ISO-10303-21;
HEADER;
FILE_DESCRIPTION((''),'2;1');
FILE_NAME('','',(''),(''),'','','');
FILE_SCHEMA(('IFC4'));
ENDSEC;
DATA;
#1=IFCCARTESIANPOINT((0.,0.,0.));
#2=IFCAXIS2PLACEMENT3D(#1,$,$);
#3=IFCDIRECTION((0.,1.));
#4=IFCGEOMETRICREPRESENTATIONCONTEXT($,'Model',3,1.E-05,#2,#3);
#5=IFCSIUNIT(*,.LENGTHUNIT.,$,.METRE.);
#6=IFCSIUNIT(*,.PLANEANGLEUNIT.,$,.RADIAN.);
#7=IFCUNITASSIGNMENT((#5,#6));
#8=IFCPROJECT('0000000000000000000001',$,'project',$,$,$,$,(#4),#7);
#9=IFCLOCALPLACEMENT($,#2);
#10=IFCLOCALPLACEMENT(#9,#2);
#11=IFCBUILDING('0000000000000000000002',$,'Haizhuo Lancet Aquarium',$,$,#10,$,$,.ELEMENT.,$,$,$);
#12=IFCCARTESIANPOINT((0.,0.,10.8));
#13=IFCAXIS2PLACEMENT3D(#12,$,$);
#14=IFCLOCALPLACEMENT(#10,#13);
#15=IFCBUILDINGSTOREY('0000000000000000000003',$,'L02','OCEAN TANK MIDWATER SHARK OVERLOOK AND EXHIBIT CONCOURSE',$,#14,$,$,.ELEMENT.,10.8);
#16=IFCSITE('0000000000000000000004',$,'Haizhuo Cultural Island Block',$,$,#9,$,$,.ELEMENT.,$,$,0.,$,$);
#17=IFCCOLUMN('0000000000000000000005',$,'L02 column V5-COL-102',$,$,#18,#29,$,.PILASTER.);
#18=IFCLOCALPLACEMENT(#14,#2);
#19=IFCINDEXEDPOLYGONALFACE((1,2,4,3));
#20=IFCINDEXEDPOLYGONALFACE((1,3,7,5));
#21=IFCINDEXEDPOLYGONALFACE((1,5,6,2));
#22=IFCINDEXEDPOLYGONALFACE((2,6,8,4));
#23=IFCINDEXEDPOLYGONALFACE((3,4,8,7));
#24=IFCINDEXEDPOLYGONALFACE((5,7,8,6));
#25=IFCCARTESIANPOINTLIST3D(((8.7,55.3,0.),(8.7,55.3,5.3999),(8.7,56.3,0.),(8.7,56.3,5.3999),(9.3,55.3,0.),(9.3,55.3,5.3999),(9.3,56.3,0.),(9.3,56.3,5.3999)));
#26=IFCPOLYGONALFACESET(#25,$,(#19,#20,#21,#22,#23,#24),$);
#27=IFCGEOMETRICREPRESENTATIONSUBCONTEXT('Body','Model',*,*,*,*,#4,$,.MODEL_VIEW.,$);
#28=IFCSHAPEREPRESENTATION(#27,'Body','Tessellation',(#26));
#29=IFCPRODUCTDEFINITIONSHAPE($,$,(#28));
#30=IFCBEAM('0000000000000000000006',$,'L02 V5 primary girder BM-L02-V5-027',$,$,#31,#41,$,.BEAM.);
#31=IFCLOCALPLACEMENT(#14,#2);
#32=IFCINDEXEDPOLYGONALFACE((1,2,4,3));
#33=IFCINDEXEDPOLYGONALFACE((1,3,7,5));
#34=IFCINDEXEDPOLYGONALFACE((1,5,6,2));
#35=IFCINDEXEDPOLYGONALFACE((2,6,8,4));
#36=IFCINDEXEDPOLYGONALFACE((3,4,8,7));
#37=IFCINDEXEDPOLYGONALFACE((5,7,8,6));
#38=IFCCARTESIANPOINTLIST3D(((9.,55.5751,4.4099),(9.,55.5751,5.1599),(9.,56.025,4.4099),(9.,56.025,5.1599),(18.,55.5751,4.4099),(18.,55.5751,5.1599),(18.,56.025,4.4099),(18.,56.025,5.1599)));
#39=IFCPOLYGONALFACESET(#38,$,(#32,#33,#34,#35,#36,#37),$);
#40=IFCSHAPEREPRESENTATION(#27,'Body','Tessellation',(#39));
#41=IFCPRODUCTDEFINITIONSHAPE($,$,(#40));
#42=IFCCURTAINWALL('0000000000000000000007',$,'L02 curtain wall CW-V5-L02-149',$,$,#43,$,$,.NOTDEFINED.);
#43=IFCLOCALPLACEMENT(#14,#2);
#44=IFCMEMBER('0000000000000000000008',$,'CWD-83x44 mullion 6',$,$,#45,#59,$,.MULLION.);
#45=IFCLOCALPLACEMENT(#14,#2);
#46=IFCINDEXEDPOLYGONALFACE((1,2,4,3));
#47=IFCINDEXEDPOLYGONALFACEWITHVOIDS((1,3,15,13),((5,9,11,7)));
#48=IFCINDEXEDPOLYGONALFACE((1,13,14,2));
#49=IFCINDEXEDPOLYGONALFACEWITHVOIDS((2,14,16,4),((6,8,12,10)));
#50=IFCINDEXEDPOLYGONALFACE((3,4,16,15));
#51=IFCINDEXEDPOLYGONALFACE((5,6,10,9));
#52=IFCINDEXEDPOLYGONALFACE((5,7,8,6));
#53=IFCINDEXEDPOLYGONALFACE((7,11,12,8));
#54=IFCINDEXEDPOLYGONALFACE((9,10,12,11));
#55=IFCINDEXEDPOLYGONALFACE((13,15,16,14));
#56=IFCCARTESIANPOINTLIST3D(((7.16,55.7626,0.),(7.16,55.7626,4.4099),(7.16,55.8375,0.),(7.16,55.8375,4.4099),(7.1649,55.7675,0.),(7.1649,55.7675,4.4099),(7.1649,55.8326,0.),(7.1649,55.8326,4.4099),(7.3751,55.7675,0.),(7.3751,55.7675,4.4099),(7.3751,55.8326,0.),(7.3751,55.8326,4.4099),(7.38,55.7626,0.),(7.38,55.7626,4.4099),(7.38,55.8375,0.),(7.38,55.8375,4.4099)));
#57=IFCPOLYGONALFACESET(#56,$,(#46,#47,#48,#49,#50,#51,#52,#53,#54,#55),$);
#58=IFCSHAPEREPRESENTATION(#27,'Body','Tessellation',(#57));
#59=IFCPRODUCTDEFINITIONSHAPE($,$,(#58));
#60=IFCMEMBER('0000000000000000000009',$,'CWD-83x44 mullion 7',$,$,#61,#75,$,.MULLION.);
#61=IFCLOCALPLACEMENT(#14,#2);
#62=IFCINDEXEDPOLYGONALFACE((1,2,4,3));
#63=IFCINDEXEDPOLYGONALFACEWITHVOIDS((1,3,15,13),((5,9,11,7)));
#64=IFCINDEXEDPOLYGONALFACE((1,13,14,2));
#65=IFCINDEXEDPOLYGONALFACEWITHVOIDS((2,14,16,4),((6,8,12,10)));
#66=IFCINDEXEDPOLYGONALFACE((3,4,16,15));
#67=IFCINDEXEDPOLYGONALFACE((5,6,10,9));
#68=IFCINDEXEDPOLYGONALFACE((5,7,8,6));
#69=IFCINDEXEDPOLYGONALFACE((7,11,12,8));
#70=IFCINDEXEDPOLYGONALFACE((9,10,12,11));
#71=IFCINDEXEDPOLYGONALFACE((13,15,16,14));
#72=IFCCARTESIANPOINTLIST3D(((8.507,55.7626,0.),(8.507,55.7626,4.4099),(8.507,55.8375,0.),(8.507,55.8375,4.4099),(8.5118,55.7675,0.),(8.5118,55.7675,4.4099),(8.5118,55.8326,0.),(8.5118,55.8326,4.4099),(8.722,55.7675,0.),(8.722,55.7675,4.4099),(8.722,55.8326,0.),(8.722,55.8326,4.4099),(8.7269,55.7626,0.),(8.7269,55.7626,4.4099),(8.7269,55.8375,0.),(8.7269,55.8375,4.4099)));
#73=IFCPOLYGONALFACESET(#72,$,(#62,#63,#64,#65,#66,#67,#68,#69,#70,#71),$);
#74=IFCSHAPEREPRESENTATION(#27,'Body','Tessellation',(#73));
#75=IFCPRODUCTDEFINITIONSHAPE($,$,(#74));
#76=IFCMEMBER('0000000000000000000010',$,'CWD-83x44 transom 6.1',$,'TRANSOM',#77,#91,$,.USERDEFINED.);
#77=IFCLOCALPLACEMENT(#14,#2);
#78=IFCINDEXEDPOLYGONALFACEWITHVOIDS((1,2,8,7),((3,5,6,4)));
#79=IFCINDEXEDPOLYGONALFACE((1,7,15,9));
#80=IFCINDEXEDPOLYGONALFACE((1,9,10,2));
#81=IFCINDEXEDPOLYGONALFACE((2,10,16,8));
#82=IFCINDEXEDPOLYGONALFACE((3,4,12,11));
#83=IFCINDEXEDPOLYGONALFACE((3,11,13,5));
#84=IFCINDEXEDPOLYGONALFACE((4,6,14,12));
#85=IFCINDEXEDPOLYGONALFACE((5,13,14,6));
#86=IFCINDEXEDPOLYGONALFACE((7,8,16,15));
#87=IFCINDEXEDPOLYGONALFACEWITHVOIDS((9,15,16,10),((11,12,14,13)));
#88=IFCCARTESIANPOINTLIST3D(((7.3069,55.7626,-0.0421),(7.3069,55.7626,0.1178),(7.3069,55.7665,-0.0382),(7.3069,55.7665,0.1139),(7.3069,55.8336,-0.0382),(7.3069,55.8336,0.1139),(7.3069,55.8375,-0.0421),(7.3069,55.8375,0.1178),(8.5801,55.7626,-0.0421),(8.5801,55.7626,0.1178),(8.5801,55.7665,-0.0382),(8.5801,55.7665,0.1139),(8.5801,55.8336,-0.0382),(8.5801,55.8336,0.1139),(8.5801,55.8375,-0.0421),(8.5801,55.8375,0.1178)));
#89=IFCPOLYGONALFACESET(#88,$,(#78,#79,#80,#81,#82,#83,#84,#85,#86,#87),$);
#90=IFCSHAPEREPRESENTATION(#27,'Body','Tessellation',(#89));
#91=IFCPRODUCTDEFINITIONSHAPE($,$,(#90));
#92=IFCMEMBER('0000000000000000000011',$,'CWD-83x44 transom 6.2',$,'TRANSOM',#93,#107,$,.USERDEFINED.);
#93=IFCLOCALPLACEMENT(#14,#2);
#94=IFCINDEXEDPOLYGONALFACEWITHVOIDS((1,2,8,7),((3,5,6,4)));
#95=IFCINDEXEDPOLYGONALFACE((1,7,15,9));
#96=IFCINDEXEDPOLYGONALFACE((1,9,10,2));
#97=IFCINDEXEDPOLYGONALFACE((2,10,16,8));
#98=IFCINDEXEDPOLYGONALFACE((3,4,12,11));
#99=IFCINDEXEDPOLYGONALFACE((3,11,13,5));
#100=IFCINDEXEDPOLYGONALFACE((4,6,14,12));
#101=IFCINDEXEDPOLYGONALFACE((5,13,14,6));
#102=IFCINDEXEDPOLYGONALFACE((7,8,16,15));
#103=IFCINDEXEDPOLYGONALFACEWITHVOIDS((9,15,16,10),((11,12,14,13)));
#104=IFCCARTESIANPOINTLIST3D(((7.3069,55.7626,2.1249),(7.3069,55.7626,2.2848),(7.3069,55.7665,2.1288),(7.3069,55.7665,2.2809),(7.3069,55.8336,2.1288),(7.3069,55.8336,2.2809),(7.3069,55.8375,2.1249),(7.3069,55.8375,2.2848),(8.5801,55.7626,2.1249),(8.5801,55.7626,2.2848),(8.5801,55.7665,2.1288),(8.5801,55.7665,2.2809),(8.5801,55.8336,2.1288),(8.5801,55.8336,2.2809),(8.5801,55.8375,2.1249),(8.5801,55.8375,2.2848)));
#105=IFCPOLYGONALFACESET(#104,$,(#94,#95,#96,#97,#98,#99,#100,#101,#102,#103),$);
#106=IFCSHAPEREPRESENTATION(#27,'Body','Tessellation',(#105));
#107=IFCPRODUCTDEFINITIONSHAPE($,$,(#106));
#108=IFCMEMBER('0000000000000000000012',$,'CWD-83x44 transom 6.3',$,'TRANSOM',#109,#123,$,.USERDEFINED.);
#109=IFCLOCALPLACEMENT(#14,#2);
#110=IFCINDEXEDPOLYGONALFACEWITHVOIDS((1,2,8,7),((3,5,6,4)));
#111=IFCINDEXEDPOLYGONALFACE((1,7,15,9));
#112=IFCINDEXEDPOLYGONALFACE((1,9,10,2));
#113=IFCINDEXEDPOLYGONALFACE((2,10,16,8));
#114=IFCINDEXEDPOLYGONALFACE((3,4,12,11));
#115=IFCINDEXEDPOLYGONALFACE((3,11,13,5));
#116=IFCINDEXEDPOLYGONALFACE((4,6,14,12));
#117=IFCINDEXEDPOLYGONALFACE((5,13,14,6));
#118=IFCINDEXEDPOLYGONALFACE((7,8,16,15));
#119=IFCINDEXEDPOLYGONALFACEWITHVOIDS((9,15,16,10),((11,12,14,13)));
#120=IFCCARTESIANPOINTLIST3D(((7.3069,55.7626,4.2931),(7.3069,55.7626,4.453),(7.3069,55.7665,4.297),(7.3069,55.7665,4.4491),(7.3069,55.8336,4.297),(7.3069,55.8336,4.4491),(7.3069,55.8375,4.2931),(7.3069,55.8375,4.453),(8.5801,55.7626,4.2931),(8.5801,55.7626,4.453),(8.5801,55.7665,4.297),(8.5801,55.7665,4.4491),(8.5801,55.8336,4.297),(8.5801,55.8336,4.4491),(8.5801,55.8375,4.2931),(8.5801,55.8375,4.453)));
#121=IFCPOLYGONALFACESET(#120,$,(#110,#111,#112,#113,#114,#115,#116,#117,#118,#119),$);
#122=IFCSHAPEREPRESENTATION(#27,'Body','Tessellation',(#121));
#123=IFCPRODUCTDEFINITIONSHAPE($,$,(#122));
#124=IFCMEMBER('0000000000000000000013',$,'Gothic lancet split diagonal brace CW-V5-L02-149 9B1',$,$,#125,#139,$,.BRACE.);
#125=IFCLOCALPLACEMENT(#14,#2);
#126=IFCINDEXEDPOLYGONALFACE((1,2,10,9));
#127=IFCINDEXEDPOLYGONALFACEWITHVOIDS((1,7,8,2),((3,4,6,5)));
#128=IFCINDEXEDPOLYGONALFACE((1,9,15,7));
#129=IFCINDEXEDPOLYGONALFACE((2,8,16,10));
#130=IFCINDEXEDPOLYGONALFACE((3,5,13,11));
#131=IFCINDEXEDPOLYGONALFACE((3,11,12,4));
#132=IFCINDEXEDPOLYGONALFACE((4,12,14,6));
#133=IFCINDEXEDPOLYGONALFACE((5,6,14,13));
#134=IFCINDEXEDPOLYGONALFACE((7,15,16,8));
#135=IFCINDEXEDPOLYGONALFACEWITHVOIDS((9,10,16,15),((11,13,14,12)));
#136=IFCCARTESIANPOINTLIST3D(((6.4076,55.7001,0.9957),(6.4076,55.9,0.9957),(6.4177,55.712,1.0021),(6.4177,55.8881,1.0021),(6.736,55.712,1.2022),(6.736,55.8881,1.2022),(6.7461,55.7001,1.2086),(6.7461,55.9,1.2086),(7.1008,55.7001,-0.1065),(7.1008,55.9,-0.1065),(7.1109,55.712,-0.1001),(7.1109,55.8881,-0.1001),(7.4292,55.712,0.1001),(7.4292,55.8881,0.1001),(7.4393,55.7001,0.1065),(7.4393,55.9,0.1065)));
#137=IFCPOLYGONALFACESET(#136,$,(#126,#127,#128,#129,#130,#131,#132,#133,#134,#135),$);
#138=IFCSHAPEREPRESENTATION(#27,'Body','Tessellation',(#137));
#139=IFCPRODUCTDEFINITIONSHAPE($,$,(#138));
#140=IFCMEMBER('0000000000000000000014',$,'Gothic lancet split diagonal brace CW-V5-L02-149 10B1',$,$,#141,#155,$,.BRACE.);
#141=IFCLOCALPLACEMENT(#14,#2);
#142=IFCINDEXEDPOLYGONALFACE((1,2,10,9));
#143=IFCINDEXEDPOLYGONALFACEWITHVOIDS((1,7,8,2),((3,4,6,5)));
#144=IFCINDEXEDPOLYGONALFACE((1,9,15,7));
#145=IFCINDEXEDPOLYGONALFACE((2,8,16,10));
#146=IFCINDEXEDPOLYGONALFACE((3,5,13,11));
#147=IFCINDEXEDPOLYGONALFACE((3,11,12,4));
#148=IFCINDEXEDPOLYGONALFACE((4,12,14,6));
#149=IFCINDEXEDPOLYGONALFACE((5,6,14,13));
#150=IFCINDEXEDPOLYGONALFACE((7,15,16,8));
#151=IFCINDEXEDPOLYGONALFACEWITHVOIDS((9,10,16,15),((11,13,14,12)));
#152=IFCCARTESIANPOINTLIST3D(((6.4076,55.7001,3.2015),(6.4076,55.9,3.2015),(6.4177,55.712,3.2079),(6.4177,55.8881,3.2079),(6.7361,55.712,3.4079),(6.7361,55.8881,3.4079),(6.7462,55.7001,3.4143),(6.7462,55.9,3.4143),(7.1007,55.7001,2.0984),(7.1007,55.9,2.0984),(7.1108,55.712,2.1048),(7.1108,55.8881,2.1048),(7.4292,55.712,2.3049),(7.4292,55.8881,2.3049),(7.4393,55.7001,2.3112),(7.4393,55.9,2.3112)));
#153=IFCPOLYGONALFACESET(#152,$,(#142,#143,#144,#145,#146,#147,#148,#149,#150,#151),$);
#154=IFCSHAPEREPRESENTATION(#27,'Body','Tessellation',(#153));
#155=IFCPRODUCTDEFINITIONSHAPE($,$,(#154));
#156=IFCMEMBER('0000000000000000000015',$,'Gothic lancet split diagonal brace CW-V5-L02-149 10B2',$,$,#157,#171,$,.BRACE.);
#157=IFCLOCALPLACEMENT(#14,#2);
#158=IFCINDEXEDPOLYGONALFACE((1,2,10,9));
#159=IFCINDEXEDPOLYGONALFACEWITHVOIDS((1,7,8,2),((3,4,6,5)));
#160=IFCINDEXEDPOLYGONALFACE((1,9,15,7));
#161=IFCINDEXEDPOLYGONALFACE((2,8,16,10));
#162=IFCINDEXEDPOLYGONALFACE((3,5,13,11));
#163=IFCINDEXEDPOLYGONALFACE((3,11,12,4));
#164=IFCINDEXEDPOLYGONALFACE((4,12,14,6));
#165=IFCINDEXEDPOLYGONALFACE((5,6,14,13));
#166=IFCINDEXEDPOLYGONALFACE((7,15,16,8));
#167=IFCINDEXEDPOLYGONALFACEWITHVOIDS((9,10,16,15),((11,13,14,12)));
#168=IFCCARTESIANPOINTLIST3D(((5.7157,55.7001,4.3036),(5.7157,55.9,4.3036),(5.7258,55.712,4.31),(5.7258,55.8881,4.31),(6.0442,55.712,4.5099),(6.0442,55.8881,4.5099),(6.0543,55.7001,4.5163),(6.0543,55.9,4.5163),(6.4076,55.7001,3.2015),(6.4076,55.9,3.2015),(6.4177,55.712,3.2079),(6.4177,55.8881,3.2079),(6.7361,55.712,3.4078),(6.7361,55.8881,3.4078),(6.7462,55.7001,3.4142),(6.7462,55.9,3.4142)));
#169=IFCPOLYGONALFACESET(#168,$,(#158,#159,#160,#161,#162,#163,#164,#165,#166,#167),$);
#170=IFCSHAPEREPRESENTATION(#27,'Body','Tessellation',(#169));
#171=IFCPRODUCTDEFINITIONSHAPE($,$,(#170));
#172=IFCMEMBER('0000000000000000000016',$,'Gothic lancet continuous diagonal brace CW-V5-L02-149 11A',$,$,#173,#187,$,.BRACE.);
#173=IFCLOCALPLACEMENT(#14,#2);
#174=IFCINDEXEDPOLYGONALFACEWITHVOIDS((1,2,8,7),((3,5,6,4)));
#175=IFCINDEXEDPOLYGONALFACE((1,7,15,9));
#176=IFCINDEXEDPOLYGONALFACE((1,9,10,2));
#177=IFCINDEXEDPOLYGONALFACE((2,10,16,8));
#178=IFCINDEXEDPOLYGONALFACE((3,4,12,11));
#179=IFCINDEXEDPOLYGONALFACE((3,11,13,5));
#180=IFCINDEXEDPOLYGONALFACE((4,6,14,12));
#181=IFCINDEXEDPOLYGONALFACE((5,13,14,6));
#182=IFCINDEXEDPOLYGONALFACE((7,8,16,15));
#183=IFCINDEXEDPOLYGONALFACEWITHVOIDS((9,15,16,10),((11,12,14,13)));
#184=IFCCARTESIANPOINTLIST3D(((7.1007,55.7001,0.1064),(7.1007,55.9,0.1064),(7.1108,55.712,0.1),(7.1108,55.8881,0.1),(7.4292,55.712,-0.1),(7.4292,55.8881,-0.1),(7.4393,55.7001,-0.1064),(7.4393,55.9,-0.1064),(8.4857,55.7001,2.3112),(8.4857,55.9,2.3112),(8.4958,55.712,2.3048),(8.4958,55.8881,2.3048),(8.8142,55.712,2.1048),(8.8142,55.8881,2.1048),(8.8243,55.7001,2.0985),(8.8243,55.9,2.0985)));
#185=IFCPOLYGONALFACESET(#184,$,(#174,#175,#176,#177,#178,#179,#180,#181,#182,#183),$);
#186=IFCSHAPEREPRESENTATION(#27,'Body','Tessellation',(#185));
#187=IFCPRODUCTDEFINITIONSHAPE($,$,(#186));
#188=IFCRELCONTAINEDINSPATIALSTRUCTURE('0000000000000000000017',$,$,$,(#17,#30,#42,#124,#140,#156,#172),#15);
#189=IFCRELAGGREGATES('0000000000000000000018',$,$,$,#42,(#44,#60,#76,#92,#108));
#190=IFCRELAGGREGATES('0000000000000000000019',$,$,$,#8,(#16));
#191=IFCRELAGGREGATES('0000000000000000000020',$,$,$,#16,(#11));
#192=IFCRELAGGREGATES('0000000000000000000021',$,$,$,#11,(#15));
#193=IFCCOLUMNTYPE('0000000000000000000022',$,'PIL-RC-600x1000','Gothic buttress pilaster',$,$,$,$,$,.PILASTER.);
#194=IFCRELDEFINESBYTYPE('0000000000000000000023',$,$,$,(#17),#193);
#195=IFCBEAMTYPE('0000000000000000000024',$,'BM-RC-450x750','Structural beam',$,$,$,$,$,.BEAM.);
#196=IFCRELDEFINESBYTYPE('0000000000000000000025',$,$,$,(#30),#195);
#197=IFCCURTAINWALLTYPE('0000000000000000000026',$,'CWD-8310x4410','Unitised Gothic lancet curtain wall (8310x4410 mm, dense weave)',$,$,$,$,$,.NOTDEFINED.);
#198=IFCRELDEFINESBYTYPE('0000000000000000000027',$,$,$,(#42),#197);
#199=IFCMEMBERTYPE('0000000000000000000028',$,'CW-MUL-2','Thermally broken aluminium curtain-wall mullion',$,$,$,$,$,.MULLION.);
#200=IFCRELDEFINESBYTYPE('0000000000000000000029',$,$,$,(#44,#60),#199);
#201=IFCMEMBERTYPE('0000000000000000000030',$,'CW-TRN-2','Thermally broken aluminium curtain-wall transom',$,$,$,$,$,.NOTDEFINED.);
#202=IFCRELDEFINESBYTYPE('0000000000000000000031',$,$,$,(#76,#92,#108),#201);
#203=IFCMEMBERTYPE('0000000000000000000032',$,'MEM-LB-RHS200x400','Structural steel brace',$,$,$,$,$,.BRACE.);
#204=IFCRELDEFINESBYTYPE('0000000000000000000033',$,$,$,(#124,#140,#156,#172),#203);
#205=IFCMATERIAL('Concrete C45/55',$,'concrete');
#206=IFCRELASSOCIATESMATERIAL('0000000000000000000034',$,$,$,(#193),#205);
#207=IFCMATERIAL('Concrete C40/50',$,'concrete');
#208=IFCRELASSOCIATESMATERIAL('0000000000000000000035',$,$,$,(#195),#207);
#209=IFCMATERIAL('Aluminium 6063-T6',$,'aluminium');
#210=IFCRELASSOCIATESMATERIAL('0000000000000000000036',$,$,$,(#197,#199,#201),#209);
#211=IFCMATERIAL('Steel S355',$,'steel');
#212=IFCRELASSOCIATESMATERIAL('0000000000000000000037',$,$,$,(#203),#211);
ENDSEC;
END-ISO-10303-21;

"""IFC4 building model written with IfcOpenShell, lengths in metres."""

from ifc_helpers import new_model, si_unit, direction, frame, origin, origin_2d, place, context, subcontext, project, spatial, rectangle, hollow_rectangle, extrude, material, material_profile, profile_set, type_object, element, aggregate, save


model = new_model("IFC4")

# Units and contexts
model_context = context("Model", 3, precision=1e-05, world=origin(), true_north=direction((0.0, 1.0)))
body_context = subcontext(model_context, "Body", "Model", "MODEL_VIEW")
ifc_project = project(units=[si_unit("LENGTHUNIT", "METRE"), si_unit("PLANEANGLEUNIT", "RADIAN")], contexts=[model_context])

# Site, building, storey
site_placement = place(None, origin())
site = spatial("IfcSite", under=ifc_project, at=site_placement, Name="Haizhuo Cultural Island Block", CompositionType="ELEMENT", RefElevation=0.0)
building_placement = place(site_placement, origin())
building = spatial("IfcBuilding", under=site, at=building_placement, Name="Haizhuo Lancet Aquarium", CompositionType="ELEMENT")
storey_placement = place(building_placement, frame((0.0, 0.0, 10.8)))
storey = spatial("IfcBuildingStorey", under=building, at=storey_placement, Name="L02", Description="OCEAN TANK MIDWATER SHARK OVERLOOK AND EXHIBIT CONCOURSE", CompositionType="ELEMENT", Elevation=10.8)

# Column
ifc_material_1 = material(Name="Concrete C45/55", Category="concrete")
ifc_material_profile_1 = material_profile(ifc_material_1, rectangle(XDim=0.6001, YDim=1.0, at=origin_2d()), Name="RC-PIL 600x1000")
ifc_profile_set_1 = profile_set([ifc_material_profile_1], Name="Concrete C45/55")
column_type = type_object("IfcColumnType", Name="PIL-RC-600x1000", Description="Gothic buttress pilaster", PredefinedType="PILASTER", material=ifc_profile_set_1)
column_placement = place(storey_placement, frame((9.0, 55.8, 0.0), z_axis=(0.0, 0.0, 1.0), x_axis=(1.0, 0.0, 0.0)))
element("IfcColumn", 1, at=column_placement, inside=storey, type_object=column_type, Name="L02 column V5-COL-102", PredefinedType="PILASTER", context=body_context, shape_type="SweptSolid", body=[
    extrude(rectangle(XDim=0.6001, YDim=1.0, at=origin_2d()), origin(), (0.0, 0.0, 1.0), 5.3999),
])

# Beam
ifc_material_2 = material(Name="Concrete C40/50", Category="concrete")
ifc_material_profile_2 = material_profile(ifc_material_2, rectangle(XDim=0.45, YDim=0.75, at=origin_2d()), Name="RC-BM 450x750")
ifc_profile_set_2 = profile_set([ifc_material_profile_2], Name="Concrete C40/50")
beam_type = type_object("IfcBeamType", Name="BM-RC-450x750", Description="Structural beam", PredefinedType="BEAM", material=ifc_profile_set_2)
beam_placement = place(storey_placement, frame((9.0, 55.8, 4.7849), z_axis=(1.0, 0.0, 0.0), x_axis=(0.0, 1.0, 0.0)))
element("IfcBeam", 2, at=beam_placement, inside=storey, type_object=beam_type, Name="L02 V5 primary girder BM-L02-V5-027", PredefinedType="BEAM", context=body_context, shape_type="SweptSolid", body=[
    extrude(rectangle(XDim=0.45, YDim=0.75, at=origin_2d()), origin(), (0.0, 0.0, 1.0), 9.0),
])

# Curtain wall, members
ifc_material_3 = material(Name="Aluminium 6063-T6", Category="aluminium")
curtain_wall_type = type_object("IfcCurtainWallType", Name="CWD-8310x4410", Description="Unitised Gothic lancet curtain wall (8310x4410 mm, dense weave)", PredefinedType="NOTDEFINED", material=ifc_material_3)
curtain_wall_placement = place(storey_placement, origin())
curtain_wall = element("IfcCurtainWall", 3, at=curtain_wall_placement, inside=storey, type_object=curtain_wall_type, Name="L02 curtain wall CW-V5-L02-149", PredefinedType="NOTDEFINED")
ifc_material_profile_3 = material_profile(ifc_material_3, hollow_rectangle(XDim=0.075, YDim=0.22, WallThickness=0.0049, at=origin_2d()), Name="ALU-M 75x220x5")
ifc_profile_set_3 = profile_set([ifc_material_profile_3], Name="Aluminium 6063-T6")
member_type_1 = type_object("IfcMemberType", Name="CW-MUL-2", Description="Thermally broken aluminium curtain-wall mullion", PredefinedType="MULLION", material=ifc_profile_set_3)
member_1_placement = place(storey_placement, frame((7.27, 55.8, 0.0), z_axis=(0.0, 0.0, 1.0), x_axis=(0.0, 1.0, 0.0)))
member_1 = element("IfcMember", 4, at=member_1_placement, type_object=member_type_1, Name="CWD-83x44 mullion 6", PredefinedType="MULLION", context=body_context, shape_type="SweptSolid", body=[
    extrude(hollow_rectangle(XDim=0.075, YDim=0.22, WallThickness=0.0049, at=origin_2d()), origin(), (0.0, 0.0, 1.0), 4.4099),
])
member_2_placement = place(storey_placement, frame((8.6169, 55.8, 0.0), z_axis=(0.0, 0.0, 1.0), x_axis=(0.0, 1.0, 0.0)))
member_2 = element("IfcMember", 5, at=member_2_placement, type_object=member_type_1, Name="CWD-83x44 mullion 7", PredefinedType="MULLION", context=body_context, shape_type="SweptSolid", body=[
    extrude(hollow_rectangle(XDim=0.075, YDim=0.22, WallThickness=0.0049, at=origin_2d()), origin(), (0.0, 0.0, 1.0), 4.4099),
])
ifc_material_profile_4 = material_profile(ifc_material_3, hollow_rectangle(XDim=0.075, YDim=0.1599, WallThickness=0.0039, at=origin_2d()), Name="ALU-T 75x160x4")
ifc_profile_set_4 = profile_set([ifc_material_profile_4], Name="Aluminium 6063-T6")
member_type_2 = type_object("IfcMemberType", Name="CW-TRN-2", Description="Thermally broken aluminium curtain-wall transom", PredefinedType="NOTDEFINED", material=ifc_profile_set_4)
member_3_placement = place(storey_placement, frame((7.3069, 55.8, 0.0378), z_axis=(1.0, 0.0, 0.0), x_axis=(0.0, 1.0, 0.0)))
member_3 = element("IfcMember", 6, at=member_3_placement, type_object=member_type_2, Name="CWD-83x44 transom 6.1", ObjectType="TRANSOM", PredefinedType="USERDEFINED", context=body_context, shape_type="SweptSolid", body=[
    extrude(hollow_rectangle(XDim=0.075, YDim=0.1599, WallThickness=0.0039, at=origin_2d()), origin(), (0.0, 0.0, 1.0), 1.2732),
])
member_4_placement = place(storey_placement, frame((7.3069, 55.8, 2.2048), z_axis=(1.0, 0.0, 0.0), x_axis=(0.0, 1.0, 0.0)))
member_4 = element("IfcMember", 7, at=member_4_placement, type_object=member_type_2, Name="CWD-83x44 transom 6.2", ObjectType="TRANSOM", PredefinedType="USERDEFINED", context=body_context, shape_type="SweptSolid", body=[
    extrude(hollow_rectangle(XDim=0.075, YDim=0.1599, WallThickness=0.0039, at=origin_2d()), origin(), (0.0, 0.0, 1.0), 1.2732),
])
member_5_placement = place(storey_placement, frame((7.3069, 55.8, 4.373), z_axis=(1.0, 0.0, 0.0), x_axis=(0.0, 1.0, 0.0)))
member_5 = element("IfcMember", 8, at=member_5_placement, type_object=member_type_2, Name="CWD-83x44 transom 6.3", ObjectType="TRANSOM", PredefinedType="USERDEFINED", context=body_context, shape_type="SweptSolid", body=[
    extrude(hollow_rectangle(XDim=0.075, YDim=0.1599, WallThickness=0.0039, at=origin_2d()), origin(), (0.0, 0.0, 1.0), 1.2732),
])

# Members
ifc_material_4 = material(Name="Steel S355", Category="steel")
ifc_material_profile_5 = material_profile(ifc_material_4, hollow_rectangle(XDim=0.2, YDim=0.3999, WallThickness=0.012, at=origin_2d()), Name="RHS 200x400x12")
ifc_profile_set_5 = profile_set([ifc_material_profile_5], Name="Steel S355")
member_type_3 = type_object("IfcMemberType", Name="MEM-LB-RHS200x400", Description="Structural steel brace", PredefinedType="BRACE", material=ifc_profile_set_5)
member_6_placement = place(storey_placement, frame((7.27, 55.8, 0.0), z_axis=(-0.53239, 0.0, 0.846499), x_axis=(0.0, -1.0, 0.0)))
element("IfcMember", 9, at=member_6_placement, inside=storey, type_object=member_type_3, Name="Gothic lancet split diagonal brace CW-V5-L02-149 9B1", PredefinedType="BRACE", context=body_context, shape_type="SweptSolid", body=[
    extrude(hollow_rectangle(XDim=0.2, YDim=0.3999, WallThickness=0.012, at=origin_2d()), origin(), (0.0, 0.0, 1.0), 1.302),
])
member_7_placement = place(storey_placement, frame((7.27, 55.8, 2.2048), z_axis=(-0.532053, 0.0, 0.846711), x_axis=(0.0, -1.0, 0.0)))
element("IfcMember", 10, at=member_7_placement, inside=storey, type_object=member_type_3, Name="Gothic lancet split diagonal brace CW-V5-L02-149 10B1", PredefinedType="BRACE", context=body_context, shape_type="SweptSolid", body=[
    extrude(hollow_rectangle(XDim=0.2, YDim=0.3999, WallThickness=0.012, at=origin_2d()), origin(), (0.0, 0.0, 1.0), 1.3027),
])
member_8_placement = place(storey_placement, frame((6.5769, 55.8, 3.3079), z_axis=(-0.531718, 0.0, 0.846921), x_axis=(0.0, -1.0, 0.0)))
element("IfcMember", 11, at=member_8_placement, inside=storey, type_object=member_type_3, Name="Gothic lancet split diagonal brace CW-V5-L02-149 10B2", PredefinedType="BRACE", context=body_context, shape_type="SweptSolid", body=[
    extrude(hollow_rectangle(XDim=0.2, YDim=0.3999, WallThickness=0.012, at=origin_2d()), origin(), (0.0, 0.0, 1.0), 1.3013),
])
member_9_placement = place(storey_placement, frame((7.27, 55.8, 0.0), z_axis=(0.531928, 0.0, 0.84679), x_axis=(0.0, 1.0, 0.0)))
element("IfcMember", 12, at=member_9_placement, inside=storey, type_object=member_type_3, Name="Gothic lancet continuous diagonal brace CW-V5-L02-149 11A", PredefinedType="BRACE", context=body_context, shape_type="SweptSolid", body=[
    extrude(hollow_rectangle(XDim=0.2, YDim=0.3999, WallThickness=0.012, at=origin_2d()), origin(), (0.0, 0.0, 1.0), 2.6038),
])

aggregate(curtain_wall, [member_1, member_2, member_3, member_4, member_5])

save(model, "model.ifc")
